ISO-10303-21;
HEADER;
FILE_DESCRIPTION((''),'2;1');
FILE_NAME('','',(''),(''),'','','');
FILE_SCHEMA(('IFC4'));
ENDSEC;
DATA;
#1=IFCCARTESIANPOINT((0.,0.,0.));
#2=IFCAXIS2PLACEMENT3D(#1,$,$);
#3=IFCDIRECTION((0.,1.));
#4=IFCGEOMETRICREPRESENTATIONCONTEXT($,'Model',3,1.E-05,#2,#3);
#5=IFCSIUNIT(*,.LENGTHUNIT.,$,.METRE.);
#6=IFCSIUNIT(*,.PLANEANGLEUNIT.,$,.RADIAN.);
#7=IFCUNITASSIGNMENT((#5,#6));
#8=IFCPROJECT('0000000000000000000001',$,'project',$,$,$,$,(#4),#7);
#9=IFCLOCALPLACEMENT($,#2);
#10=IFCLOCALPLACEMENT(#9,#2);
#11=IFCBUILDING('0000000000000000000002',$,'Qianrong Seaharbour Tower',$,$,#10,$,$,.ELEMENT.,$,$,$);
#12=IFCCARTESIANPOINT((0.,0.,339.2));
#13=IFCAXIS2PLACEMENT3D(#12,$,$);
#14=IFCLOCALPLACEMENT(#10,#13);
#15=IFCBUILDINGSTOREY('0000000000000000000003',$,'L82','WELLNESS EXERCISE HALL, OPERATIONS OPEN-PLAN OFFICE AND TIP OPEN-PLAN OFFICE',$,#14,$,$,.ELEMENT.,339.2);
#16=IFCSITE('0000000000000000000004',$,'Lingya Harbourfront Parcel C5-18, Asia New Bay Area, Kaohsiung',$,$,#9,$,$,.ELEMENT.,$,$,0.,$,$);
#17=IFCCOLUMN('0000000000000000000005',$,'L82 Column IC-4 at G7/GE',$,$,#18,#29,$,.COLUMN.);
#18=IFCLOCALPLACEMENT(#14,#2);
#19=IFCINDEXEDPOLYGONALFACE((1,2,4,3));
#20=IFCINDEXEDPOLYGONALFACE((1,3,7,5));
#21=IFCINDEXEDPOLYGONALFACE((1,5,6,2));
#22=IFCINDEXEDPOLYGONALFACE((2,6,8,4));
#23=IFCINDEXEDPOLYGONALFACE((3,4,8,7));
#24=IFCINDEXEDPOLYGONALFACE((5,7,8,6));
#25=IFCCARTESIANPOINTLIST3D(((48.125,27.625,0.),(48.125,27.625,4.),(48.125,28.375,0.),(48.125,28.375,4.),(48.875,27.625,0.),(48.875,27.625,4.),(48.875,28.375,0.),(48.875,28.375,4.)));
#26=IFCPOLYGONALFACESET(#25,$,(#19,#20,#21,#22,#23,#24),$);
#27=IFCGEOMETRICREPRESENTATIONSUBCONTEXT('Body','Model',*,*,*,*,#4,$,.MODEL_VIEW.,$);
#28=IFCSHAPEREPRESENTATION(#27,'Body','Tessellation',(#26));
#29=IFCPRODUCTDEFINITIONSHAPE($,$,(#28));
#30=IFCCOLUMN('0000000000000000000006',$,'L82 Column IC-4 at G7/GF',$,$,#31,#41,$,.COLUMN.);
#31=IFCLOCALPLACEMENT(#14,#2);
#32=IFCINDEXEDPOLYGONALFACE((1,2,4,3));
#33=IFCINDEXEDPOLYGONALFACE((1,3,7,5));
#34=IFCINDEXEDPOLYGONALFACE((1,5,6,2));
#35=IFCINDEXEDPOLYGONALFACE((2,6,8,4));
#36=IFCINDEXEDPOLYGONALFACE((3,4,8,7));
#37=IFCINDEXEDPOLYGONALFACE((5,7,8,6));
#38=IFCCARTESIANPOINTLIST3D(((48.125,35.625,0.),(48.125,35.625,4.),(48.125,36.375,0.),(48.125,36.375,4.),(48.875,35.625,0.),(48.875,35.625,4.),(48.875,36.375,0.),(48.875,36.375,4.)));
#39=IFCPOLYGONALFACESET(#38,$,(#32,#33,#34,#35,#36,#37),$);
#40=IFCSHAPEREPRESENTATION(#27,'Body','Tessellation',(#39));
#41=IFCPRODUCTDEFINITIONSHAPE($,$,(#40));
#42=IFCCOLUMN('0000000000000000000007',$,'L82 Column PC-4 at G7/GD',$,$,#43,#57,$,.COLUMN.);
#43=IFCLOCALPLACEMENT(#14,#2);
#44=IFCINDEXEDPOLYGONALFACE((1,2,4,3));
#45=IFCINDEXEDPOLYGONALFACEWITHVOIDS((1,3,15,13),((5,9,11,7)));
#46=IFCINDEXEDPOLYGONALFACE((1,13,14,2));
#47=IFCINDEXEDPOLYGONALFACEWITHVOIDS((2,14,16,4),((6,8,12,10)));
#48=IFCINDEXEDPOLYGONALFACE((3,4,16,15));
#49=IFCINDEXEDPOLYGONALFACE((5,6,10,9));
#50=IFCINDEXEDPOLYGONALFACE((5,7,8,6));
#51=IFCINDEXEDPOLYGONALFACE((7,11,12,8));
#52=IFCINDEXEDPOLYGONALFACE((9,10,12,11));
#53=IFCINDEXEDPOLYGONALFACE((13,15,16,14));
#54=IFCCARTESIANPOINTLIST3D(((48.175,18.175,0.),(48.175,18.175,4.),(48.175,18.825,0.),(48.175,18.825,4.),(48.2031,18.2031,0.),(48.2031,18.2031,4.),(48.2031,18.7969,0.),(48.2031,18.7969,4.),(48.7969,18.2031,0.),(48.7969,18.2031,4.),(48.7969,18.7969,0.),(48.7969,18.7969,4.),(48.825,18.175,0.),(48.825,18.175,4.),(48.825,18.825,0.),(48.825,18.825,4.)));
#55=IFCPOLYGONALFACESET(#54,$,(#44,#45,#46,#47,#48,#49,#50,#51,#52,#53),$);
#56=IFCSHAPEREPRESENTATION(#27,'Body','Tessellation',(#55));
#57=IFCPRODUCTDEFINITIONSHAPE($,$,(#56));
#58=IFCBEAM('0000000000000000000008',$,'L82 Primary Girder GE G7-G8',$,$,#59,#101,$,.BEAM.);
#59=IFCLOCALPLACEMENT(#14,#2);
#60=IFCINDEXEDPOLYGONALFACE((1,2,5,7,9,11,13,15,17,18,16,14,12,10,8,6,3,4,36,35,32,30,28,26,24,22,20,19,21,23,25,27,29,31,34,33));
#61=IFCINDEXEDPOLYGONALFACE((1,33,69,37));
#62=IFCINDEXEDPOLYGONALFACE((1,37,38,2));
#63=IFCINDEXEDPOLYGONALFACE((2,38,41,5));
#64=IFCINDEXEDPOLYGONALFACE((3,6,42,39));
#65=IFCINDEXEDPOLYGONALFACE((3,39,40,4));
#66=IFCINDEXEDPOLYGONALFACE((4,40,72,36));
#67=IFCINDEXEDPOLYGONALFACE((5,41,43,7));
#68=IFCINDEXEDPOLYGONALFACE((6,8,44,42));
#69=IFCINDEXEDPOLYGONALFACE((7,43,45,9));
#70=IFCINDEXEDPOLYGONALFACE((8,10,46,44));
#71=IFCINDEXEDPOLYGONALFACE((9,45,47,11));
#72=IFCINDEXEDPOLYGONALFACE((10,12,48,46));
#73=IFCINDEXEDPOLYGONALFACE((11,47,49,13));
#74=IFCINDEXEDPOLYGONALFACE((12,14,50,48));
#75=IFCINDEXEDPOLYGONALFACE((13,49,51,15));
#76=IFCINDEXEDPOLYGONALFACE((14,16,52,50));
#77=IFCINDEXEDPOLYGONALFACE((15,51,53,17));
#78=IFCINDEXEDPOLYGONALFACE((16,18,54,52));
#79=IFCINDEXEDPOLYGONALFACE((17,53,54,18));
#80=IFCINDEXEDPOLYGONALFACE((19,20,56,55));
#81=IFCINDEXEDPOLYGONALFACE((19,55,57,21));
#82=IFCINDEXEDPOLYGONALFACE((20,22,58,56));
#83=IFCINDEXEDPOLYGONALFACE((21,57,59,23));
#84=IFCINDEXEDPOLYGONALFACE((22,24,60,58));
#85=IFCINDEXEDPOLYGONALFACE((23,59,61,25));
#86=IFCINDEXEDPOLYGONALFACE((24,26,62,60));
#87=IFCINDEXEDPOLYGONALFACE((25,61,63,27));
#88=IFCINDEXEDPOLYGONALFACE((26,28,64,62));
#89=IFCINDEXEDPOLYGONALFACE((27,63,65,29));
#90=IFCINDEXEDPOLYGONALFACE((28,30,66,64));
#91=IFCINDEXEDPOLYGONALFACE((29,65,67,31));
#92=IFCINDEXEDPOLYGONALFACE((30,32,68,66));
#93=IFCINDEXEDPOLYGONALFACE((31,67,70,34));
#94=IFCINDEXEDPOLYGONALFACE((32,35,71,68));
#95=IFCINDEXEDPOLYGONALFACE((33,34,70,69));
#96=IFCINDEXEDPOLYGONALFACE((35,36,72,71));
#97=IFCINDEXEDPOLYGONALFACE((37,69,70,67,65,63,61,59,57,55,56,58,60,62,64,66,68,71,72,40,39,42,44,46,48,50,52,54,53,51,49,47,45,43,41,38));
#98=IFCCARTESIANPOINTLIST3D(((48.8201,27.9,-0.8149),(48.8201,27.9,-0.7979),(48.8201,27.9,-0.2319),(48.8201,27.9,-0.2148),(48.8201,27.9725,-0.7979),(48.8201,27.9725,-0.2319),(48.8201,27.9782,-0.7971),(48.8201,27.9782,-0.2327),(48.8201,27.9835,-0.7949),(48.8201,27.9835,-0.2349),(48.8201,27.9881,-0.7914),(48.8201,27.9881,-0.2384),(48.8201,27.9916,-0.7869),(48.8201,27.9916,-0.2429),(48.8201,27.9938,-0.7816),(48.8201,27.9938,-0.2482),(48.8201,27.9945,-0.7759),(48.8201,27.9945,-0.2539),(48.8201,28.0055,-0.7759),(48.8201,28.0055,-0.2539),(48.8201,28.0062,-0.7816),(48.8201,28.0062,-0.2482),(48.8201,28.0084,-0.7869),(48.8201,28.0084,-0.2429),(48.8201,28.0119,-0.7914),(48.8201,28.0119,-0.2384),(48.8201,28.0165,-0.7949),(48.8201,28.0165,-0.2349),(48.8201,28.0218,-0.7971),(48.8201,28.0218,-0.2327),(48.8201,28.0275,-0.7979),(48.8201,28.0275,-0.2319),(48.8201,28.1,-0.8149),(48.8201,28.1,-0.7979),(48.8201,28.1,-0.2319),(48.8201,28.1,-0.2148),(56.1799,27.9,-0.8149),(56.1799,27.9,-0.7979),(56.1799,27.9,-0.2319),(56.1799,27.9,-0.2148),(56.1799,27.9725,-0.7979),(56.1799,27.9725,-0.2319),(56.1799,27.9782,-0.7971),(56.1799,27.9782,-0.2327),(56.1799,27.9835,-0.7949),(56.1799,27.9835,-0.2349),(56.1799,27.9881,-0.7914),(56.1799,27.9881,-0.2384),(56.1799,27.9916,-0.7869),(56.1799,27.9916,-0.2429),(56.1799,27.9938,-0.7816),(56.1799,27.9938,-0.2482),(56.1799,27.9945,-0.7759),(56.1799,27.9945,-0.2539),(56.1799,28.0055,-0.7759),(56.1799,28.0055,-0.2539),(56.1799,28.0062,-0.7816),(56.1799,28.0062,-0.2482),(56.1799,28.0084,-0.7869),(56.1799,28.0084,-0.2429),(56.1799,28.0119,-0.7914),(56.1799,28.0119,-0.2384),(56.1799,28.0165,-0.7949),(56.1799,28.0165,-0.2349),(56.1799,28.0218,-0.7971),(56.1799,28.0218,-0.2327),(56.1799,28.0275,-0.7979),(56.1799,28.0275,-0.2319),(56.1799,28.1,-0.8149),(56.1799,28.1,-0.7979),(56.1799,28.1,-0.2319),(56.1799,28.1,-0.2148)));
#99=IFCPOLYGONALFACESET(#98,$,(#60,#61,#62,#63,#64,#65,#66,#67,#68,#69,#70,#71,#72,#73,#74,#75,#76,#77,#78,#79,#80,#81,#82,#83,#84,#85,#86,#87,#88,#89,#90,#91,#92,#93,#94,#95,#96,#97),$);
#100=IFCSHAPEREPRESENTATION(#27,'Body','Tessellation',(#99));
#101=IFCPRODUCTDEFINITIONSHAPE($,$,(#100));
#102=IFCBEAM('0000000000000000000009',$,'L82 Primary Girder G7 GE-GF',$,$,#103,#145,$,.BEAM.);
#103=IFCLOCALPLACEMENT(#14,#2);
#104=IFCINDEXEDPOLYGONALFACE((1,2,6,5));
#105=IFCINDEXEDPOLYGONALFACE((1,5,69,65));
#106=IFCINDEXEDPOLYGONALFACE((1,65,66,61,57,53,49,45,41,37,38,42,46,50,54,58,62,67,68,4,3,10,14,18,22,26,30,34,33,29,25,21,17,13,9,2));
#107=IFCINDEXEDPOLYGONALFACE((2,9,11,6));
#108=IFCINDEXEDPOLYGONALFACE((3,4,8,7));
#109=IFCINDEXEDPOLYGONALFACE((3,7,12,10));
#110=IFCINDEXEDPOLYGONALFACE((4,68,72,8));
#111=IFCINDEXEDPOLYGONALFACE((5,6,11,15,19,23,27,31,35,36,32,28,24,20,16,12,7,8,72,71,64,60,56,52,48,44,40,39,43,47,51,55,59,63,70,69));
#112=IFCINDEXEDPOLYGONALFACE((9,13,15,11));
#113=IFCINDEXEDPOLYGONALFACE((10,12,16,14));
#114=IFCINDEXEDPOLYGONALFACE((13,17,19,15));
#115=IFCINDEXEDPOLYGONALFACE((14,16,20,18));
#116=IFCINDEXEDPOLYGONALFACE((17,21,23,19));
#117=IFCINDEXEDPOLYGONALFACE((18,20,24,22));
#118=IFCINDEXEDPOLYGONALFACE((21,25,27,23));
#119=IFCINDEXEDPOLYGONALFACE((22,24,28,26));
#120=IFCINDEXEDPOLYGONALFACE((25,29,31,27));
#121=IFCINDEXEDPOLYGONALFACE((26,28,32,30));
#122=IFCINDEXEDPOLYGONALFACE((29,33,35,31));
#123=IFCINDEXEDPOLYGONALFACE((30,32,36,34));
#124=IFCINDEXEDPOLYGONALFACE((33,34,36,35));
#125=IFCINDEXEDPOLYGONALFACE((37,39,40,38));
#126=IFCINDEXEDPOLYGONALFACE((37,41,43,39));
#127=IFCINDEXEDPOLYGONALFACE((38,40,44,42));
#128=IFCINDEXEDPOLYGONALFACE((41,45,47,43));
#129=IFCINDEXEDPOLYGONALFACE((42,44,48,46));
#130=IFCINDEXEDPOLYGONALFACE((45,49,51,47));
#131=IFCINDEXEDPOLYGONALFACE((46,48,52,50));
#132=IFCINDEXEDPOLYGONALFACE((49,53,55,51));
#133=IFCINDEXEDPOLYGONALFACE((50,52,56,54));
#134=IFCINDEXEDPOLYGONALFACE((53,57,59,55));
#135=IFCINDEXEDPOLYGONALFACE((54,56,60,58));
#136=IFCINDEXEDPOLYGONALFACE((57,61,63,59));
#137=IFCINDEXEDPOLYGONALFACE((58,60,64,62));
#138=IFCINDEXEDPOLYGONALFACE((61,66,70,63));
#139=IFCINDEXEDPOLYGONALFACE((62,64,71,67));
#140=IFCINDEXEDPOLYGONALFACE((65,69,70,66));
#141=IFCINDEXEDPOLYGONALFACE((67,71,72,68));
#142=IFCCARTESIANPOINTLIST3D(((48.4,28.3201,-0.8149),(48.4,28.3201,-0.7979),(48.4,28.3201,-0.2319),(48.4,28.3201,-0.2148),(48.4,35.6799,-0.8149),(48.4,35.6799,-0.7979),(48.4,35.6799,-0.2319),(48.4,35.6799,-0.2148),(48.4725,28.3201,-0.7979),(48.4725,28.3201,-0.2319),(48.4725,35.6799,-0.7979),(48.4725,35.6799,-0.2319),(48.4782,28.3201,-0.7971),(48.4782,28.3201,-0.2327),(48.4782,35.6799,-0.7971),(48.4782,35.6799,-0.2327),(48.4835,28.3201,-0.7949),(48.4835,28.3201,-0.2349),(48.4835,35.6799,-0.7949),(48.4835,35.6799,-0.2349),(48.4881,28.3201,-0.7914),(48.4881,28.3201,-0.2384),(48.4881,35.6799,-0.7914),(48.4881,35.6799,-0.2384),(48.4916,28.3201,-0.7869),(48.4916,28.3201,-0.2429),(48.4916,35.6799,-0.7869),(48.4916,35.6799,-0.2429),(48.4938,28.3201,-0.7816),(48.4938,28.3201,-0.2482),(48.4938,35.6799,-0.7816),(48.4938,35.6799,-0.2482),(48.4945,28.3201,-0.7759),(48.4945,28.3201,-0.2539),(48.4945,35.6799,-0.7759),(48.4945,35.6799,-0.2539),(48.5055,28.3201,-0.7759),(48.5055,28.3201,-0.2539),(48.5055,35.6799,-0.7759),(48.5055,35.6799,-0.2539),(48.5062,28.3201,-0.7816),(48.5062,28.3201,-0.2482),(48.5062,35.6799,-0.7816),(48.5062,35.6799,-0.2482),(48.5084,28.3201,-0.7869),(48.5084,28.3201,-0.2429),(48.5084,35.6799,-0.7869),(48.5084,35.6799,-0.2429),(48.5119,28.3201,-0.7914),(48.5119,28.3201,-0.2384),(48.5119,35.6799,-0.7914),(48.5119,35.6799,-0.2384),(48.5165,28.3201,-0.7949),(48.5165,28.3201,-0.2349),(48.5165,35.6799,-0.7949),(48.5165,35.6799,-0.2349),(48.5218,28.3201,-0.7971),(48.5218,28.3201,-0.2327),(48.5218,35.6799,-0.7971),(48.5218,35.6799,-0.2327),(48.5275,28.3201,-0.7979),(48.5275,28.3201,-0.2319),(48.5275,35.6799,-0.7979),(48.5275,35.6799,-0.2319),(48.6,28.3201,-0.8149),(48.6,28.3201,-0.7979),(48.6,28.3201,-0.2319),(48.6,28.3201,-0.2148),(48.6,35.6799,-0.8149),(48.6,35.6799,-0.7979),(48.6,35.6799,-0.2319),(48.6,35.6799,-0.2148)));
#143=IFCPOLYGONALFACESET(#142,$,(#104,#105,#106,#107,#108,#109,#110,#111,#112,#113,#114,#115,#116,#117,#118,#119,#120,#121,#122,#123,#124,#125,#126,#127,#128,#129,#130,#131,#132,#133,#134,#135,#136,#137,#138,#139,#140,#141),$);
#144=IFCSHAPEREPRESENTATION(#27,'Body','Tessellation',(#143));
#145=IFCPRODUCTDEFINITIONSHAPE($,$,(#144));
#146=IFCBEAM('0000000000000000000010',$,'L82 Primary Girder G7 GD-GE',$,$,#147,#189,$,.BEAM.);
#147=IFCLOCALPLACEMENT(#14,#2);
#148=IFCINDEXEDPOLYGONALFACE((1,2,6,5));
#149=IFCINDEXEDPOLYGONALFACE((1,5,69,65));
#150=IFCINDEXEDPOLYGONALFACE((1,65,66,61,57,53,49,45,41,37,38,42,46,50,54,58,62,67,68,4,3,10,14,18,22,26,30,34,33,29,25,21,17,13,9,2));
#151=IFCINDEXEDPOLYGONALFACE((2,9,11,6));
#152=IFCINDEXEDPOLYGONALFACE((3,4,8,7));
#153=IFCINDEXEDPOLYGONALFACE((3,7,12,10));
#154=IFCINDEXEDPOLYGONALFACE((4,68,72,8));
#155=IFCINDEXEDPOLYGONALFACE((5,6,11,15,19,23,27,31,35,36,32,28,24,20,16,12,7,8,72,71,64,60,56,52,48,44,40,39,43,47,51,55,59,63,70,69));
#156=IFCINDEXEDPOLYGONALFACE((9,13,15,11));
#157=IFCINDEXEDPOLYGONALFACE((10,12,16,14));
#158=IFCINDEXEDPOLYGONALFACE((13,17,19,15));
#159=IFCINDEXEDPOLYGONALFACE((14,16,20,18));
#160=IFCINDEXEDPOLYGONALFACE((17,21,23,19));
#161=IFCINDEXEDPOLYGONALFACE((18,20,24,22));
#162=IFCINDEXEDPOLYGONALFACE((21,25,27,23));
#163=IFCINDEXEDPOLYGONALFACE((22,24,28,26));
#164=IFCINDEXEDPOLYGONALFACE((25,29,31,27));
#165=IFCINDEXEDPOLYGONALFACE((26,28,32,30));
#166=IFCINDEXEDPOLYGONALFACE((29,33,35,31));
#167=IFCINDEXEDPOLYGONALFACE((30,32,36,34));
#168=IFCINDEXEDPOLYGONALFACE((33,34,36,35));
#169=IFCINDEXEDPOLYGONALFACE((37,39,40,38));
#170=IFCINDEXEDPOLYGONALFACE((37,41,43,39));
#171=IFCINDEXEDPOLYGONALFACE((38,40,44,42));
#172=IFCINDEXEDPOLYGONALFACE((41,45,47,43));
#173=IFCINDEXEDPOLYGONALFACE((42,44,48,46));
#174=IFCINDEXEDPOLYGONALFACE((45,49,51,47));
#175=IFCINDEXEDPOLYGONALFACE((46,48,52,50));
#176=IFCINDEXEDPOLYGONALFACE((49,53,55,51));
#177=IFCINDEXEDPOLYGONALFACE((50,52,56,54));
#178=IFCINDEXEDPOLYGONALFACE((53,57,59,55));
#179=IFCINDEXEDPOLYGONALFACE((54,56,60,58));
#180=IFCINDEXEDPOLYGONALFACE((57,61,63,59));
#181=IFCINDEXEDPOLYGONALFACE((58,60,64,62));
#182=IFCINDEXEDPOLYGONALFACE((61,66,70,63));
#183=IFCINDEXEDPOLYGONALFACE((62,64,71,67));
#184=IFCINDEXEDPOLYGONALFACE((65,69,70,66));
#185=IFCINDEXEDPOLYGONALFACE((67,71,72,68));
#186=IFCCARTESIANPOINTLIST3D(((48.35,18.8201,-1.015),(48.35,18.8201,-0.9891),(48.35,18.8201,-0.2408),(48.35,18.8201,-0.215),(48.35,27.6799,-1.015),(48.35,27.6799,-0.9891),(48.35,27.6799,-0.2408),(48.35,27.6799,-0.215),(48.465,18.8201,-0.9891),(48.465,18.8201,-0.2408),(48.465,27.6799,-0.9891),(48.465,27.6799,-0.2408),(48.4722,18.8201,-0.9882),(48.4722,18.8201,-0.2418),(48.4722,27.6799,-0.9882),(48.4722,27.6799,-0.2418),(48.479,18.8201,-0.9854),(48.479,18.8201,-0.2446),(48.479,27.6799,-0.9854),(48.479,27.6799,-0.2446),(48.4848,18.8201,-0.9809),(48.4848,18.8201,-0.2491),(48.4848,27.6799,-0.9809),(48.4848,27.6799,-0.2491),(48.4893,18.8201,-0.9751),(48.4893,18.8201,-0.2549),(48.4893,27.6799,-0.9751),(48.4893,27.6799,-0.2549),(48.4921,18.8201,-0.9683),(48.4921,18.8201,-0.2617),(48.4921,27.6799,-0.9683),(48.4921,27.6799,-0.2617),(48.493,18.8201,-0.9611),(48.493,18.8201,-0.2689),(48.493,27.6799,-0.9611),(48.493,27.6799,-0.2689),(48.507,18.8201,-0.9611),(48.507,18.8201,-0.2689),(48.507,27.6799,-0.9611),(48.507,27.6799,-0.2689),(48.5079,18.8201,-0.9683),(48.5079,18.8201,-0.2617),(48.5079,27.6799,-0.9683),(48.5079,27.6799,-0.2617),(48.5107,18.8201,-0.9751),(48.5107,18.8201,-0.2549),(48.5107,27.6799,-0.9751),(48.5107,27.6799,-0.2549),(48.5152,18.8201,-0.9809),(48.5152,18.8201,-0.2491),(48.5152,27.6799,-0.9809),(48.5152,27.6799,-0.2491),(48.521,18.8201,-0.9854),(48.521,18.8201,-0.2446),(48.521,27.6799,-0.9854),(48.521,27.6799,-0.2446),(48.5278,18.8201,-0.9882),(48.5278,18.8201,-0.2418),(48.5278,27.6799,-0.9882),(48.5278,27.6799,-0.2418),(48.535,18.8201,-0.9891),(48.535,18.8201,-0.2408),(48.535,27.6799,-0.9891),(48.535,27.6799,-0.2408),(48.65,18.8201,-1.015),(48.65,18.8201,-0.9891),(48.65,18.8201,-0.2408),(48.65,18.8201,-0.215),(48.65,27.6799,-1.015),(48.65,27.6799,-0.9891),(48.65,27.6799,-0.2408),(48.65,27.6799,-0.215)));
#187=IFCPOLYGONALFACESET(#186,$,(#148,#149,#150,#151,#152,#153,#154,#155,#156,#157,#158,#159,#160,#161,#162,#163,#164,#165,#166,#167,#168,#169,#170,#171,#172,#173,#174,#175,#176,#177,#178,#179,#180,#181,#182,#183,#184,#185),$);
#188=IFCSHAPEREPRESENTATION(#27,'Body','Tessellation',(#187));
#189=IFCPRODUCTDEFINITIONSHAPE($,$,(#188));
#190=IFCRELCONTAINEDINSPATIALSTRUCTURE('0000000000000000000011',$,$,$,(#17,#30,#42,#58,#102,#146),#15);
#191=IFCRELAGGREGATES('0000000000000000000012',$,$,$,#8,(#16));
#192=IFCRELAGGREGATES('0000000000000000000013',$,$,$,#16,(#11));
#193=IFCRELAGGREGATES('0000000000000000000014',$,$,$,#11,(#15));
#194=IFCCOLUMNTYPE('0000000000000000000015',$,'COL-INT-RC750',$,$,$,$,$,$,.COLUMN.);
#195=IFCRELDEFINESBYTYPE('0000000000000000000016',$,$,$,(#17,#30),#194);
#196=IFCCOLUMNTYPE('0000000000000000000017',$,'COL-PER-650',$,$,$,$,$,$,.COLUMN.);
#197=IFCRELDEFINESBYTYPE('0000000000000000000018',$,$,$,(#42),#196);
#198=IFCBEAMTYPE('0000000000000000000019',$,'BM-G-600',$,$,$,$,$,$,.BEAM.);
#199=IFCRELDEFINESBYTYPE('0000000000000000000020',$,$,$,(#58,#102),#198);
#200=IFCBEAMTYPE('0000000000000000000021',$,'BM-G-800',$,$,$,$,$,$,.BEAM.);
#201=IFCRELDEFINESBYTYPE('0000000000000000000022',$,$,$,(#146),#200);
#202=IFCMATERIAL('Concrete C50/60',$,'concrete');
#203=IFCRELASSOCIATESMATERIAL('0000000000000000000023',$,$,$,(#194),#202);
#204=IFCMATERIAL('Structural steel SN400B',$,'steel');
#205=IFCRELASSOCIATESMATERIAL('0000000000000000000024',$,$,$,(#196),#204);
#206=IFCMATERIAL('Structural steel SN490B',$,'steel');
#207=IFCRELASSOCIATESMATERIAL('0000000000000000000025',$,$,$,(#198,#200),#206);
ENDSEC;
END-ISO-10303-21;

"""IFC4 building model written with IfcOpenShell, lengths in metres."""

from ifc_helpers import new_model, si_unit, direction, frame, origin, origin_2d, place, context, subcontext, project, spatial, rectangle, hollow_rectangle, i_section, extrude, material, material_profile, profile_set, type_object, element, save


model = new_model("IFC4")

# Units and contexts
model_context = context("Model", 3, precision=1e-05, world=origin(), true_north=direction((0.0, 1.0)))
body_context = subcontext(model_context, "Body", "Model", "MODEL_VIEW")
ifc_project = project(units=[si_unit("LENGTHUNIT", "METRE"), si_unit("PLANEANGLEUNIT", "RADIAN")], contexts=[model_context])

# Site, building, storey
site_placement = place(None, origin())
site = spatial("IfcSite", under=ifc_project, at=site_placement, Name="Lingya Harbourfront Parcel C5-18, Asia New Bay Area, Kaohsiung", CompositionType="ELEMENT", RefElevation=0.0)
building_placement = place(site_placement, origin())
building = spatial("IfcBuilding", under=site, at=building_placement, Name="Qianrong Seaharbour Tower", CompositionType="ELEMENT")
storey_placement = place(building_placement, frame((0.0, 0.0, 339.2)))
storey = spatial("IfcBuildingStorey", under=building, at=storey_placement, Name="L82", Description="WELLNESS EXERCISE HALL, OPERATIONS OPEN-PLAN OFFICE AND TIP OPEN-PLAN OFFICE", CompositionType="ELEMENT", Elevation=339.2)

# Columns
ifc_material_1 = material(Name="Concrete C50/60", Category="concrete")
ifc_material_profile_1 = material_profile(ifc_material_1, rectangle(XDim=0.75, YDim=0.75, at=origin_2d()), Name="RC750x750")
ifc_profile_set_1 = profile_set([ifc_material_profile_1], Name="Concrete C50/60")
column_type_1 = type_object("IfcColumnType", Name="COL-INT-RC750", PredefinedType="COLUMN", material=ifc_profile_set_1)
for number, where, z_axis, x_axis, name in (
    (1, (48.5, 28.0, 0.0), (0.0, 0.0, 1.0), (1.0, 0.0, 0.0), "L82 Column IC-4 at G7/GE"),
    (2, (48.5, 36.0, 0.0), (0.0, 0.0, 1.0), (1.0, 0.0, 0.0), "L82 Column IC-4 at G7/GF"),
):
    element("IfcColumn", number, at=place(storey_placement, frame(where, z_axis=z_axis, x_axis=x_axis)), inside=storey, type_object=column_type_1, Name=name, PredefinedType="COLUMN", context=body_context, shape_type="SweptSolid", body=[
        extrude(rectangle(XDim=0.75, YDim=0.75, at=origin_2d()), origin(), (0.0, 0.0, 1.0), 4.0),
    ])
ifc_material_2 = material(Name="Structural steel SN400B", Category="steel")
ifc_material_profile_2 = material_profile(ifc_material_2, hollow_rectangle(XDim=0.6499, YDim=0.6499, WallThickness=0.0281, at=origin_2d()), Name="BOX650x650x28")
ifc_profile_set_2 = profile_set([ifc_material_profile_2], Name="Structural steel SN400B")
column_type_2 = type_object("IfcColumnType", Name="COL-PER-650", PredefinedType="COLUMN", material=ifc_profile_set_2)
column_placement = place(storey_placement, frame((48.5, 18.5, 0.0), z_axis=(0.0, 0.0, 1.0), x_axis=(1.0, 0.0, 0.0)))
element("IfcColumn", 3, at=column_placement, inside=storey, type_object=column_type_2, Name="L82 Column PC-4 at G7/GD", PredefinedType="COLUMN", context=body_context, shape_type="SweptSolid", body=[
    extrude(hollow_rectangle(XDim=0.6499, YDim=0.6499, WallThickness=0.0281, at=origin_2d()), origin(), (0.0, 0.0, 1.0), 4.0),
])

# Beams
ifc_material_3 = material(Name="Structural steel SN490B", Category="steel")
ifc_material_profile_3 = material_profile(ifc_material_3, i_section(OverallWidth=0.2, OverallDepth=0.6001, WebThickness=0.011, FlangeThickness=0.0171, FilletRadius=0.022, at=origin_2d()), Name="H600x200x11x17")
ifc_profile_set_3 = profile_set([ifc_material_profile_3], Name="Structural steel SN490B")
beam_type_1 = type_object("IfcBeamType", Name="BM-G-600", PredefinedType="BEAM", material=ifc_profile_set_3)
for number, where, z_axis, x_axis, name in (
    (4, (48.8201, 28.0, -0.5149), (1.0, 0.0, 0.0), (0.0, 1.0, 0.0), "L82 Primary Girder GE G7-G8"),
    (5, (48.5, 28.3201, -0.5149), (0.0, 1.0, 0.0), (-1.0, 0.0, 0.0), "L82 Primary Girder G7 GE-GF"),
):
    element("IfcBeam", number, at=place(storey_placement, frame(where, z_axis=z_axis, x_axis=x_axis)), inside=storey, type_object=beam_type_1, Name=name, PredefinedType="BEAM", context=body_context, shape_type="SweptSolid", body=[
        extrude(i_section(OverallWidth=0.2, OverallDepth=0.6001, WebThickness=0.011, FlangeThickness=0.0171, FilletRadius=0.022, at=origin_2d()), origin(), (0.0, 0.0, 1.0), 7.3599),
    ])
ifc_material_profile_4 = material_profile(ifc_material_3, i_section(OverallWidth=0.3, OverallDepth=0.8, WebThickness=0.0139, FlangeThickness=0.0259, FilletRadius=0.0281, at=origin_2d()), Name="H800x300x14x26")
ifc_profile_set_4 = profile_set([ifc_material_profile_4], Name="Structural steel SN490B")
beam_type_2 = type_object("IfcBeamType", Name="BM-G-800", PredefinedType="BEAM", material=ifc_profile_set_4)
beam_1_placement = place(storey_placement, frame((48.5, 18.8201, -0.615), z_axis=(0.0, 1.0, 0.0), x_axis=(-1.0, 0.0, 0.0)))
element("IfcBeam", 6, at=beam_1_placement, inside=storey, type_object=beam_type_2, Name="L82 Primary Girder G7 GD-GE", PredefinedType="BEAM", context=body_context, shape_type="SweptSolid", body=[
    extrude(i_section(OverallWidth=0.3, OverallDepth=0.8, WebThickness=0.0139, FlangeThickness=0.0259, FilletRadius=0.0281, at=origin_2d()), origin(), (0.0, 0.0, 1.0), 8.8599),
])

save(model, "model.ifc")
